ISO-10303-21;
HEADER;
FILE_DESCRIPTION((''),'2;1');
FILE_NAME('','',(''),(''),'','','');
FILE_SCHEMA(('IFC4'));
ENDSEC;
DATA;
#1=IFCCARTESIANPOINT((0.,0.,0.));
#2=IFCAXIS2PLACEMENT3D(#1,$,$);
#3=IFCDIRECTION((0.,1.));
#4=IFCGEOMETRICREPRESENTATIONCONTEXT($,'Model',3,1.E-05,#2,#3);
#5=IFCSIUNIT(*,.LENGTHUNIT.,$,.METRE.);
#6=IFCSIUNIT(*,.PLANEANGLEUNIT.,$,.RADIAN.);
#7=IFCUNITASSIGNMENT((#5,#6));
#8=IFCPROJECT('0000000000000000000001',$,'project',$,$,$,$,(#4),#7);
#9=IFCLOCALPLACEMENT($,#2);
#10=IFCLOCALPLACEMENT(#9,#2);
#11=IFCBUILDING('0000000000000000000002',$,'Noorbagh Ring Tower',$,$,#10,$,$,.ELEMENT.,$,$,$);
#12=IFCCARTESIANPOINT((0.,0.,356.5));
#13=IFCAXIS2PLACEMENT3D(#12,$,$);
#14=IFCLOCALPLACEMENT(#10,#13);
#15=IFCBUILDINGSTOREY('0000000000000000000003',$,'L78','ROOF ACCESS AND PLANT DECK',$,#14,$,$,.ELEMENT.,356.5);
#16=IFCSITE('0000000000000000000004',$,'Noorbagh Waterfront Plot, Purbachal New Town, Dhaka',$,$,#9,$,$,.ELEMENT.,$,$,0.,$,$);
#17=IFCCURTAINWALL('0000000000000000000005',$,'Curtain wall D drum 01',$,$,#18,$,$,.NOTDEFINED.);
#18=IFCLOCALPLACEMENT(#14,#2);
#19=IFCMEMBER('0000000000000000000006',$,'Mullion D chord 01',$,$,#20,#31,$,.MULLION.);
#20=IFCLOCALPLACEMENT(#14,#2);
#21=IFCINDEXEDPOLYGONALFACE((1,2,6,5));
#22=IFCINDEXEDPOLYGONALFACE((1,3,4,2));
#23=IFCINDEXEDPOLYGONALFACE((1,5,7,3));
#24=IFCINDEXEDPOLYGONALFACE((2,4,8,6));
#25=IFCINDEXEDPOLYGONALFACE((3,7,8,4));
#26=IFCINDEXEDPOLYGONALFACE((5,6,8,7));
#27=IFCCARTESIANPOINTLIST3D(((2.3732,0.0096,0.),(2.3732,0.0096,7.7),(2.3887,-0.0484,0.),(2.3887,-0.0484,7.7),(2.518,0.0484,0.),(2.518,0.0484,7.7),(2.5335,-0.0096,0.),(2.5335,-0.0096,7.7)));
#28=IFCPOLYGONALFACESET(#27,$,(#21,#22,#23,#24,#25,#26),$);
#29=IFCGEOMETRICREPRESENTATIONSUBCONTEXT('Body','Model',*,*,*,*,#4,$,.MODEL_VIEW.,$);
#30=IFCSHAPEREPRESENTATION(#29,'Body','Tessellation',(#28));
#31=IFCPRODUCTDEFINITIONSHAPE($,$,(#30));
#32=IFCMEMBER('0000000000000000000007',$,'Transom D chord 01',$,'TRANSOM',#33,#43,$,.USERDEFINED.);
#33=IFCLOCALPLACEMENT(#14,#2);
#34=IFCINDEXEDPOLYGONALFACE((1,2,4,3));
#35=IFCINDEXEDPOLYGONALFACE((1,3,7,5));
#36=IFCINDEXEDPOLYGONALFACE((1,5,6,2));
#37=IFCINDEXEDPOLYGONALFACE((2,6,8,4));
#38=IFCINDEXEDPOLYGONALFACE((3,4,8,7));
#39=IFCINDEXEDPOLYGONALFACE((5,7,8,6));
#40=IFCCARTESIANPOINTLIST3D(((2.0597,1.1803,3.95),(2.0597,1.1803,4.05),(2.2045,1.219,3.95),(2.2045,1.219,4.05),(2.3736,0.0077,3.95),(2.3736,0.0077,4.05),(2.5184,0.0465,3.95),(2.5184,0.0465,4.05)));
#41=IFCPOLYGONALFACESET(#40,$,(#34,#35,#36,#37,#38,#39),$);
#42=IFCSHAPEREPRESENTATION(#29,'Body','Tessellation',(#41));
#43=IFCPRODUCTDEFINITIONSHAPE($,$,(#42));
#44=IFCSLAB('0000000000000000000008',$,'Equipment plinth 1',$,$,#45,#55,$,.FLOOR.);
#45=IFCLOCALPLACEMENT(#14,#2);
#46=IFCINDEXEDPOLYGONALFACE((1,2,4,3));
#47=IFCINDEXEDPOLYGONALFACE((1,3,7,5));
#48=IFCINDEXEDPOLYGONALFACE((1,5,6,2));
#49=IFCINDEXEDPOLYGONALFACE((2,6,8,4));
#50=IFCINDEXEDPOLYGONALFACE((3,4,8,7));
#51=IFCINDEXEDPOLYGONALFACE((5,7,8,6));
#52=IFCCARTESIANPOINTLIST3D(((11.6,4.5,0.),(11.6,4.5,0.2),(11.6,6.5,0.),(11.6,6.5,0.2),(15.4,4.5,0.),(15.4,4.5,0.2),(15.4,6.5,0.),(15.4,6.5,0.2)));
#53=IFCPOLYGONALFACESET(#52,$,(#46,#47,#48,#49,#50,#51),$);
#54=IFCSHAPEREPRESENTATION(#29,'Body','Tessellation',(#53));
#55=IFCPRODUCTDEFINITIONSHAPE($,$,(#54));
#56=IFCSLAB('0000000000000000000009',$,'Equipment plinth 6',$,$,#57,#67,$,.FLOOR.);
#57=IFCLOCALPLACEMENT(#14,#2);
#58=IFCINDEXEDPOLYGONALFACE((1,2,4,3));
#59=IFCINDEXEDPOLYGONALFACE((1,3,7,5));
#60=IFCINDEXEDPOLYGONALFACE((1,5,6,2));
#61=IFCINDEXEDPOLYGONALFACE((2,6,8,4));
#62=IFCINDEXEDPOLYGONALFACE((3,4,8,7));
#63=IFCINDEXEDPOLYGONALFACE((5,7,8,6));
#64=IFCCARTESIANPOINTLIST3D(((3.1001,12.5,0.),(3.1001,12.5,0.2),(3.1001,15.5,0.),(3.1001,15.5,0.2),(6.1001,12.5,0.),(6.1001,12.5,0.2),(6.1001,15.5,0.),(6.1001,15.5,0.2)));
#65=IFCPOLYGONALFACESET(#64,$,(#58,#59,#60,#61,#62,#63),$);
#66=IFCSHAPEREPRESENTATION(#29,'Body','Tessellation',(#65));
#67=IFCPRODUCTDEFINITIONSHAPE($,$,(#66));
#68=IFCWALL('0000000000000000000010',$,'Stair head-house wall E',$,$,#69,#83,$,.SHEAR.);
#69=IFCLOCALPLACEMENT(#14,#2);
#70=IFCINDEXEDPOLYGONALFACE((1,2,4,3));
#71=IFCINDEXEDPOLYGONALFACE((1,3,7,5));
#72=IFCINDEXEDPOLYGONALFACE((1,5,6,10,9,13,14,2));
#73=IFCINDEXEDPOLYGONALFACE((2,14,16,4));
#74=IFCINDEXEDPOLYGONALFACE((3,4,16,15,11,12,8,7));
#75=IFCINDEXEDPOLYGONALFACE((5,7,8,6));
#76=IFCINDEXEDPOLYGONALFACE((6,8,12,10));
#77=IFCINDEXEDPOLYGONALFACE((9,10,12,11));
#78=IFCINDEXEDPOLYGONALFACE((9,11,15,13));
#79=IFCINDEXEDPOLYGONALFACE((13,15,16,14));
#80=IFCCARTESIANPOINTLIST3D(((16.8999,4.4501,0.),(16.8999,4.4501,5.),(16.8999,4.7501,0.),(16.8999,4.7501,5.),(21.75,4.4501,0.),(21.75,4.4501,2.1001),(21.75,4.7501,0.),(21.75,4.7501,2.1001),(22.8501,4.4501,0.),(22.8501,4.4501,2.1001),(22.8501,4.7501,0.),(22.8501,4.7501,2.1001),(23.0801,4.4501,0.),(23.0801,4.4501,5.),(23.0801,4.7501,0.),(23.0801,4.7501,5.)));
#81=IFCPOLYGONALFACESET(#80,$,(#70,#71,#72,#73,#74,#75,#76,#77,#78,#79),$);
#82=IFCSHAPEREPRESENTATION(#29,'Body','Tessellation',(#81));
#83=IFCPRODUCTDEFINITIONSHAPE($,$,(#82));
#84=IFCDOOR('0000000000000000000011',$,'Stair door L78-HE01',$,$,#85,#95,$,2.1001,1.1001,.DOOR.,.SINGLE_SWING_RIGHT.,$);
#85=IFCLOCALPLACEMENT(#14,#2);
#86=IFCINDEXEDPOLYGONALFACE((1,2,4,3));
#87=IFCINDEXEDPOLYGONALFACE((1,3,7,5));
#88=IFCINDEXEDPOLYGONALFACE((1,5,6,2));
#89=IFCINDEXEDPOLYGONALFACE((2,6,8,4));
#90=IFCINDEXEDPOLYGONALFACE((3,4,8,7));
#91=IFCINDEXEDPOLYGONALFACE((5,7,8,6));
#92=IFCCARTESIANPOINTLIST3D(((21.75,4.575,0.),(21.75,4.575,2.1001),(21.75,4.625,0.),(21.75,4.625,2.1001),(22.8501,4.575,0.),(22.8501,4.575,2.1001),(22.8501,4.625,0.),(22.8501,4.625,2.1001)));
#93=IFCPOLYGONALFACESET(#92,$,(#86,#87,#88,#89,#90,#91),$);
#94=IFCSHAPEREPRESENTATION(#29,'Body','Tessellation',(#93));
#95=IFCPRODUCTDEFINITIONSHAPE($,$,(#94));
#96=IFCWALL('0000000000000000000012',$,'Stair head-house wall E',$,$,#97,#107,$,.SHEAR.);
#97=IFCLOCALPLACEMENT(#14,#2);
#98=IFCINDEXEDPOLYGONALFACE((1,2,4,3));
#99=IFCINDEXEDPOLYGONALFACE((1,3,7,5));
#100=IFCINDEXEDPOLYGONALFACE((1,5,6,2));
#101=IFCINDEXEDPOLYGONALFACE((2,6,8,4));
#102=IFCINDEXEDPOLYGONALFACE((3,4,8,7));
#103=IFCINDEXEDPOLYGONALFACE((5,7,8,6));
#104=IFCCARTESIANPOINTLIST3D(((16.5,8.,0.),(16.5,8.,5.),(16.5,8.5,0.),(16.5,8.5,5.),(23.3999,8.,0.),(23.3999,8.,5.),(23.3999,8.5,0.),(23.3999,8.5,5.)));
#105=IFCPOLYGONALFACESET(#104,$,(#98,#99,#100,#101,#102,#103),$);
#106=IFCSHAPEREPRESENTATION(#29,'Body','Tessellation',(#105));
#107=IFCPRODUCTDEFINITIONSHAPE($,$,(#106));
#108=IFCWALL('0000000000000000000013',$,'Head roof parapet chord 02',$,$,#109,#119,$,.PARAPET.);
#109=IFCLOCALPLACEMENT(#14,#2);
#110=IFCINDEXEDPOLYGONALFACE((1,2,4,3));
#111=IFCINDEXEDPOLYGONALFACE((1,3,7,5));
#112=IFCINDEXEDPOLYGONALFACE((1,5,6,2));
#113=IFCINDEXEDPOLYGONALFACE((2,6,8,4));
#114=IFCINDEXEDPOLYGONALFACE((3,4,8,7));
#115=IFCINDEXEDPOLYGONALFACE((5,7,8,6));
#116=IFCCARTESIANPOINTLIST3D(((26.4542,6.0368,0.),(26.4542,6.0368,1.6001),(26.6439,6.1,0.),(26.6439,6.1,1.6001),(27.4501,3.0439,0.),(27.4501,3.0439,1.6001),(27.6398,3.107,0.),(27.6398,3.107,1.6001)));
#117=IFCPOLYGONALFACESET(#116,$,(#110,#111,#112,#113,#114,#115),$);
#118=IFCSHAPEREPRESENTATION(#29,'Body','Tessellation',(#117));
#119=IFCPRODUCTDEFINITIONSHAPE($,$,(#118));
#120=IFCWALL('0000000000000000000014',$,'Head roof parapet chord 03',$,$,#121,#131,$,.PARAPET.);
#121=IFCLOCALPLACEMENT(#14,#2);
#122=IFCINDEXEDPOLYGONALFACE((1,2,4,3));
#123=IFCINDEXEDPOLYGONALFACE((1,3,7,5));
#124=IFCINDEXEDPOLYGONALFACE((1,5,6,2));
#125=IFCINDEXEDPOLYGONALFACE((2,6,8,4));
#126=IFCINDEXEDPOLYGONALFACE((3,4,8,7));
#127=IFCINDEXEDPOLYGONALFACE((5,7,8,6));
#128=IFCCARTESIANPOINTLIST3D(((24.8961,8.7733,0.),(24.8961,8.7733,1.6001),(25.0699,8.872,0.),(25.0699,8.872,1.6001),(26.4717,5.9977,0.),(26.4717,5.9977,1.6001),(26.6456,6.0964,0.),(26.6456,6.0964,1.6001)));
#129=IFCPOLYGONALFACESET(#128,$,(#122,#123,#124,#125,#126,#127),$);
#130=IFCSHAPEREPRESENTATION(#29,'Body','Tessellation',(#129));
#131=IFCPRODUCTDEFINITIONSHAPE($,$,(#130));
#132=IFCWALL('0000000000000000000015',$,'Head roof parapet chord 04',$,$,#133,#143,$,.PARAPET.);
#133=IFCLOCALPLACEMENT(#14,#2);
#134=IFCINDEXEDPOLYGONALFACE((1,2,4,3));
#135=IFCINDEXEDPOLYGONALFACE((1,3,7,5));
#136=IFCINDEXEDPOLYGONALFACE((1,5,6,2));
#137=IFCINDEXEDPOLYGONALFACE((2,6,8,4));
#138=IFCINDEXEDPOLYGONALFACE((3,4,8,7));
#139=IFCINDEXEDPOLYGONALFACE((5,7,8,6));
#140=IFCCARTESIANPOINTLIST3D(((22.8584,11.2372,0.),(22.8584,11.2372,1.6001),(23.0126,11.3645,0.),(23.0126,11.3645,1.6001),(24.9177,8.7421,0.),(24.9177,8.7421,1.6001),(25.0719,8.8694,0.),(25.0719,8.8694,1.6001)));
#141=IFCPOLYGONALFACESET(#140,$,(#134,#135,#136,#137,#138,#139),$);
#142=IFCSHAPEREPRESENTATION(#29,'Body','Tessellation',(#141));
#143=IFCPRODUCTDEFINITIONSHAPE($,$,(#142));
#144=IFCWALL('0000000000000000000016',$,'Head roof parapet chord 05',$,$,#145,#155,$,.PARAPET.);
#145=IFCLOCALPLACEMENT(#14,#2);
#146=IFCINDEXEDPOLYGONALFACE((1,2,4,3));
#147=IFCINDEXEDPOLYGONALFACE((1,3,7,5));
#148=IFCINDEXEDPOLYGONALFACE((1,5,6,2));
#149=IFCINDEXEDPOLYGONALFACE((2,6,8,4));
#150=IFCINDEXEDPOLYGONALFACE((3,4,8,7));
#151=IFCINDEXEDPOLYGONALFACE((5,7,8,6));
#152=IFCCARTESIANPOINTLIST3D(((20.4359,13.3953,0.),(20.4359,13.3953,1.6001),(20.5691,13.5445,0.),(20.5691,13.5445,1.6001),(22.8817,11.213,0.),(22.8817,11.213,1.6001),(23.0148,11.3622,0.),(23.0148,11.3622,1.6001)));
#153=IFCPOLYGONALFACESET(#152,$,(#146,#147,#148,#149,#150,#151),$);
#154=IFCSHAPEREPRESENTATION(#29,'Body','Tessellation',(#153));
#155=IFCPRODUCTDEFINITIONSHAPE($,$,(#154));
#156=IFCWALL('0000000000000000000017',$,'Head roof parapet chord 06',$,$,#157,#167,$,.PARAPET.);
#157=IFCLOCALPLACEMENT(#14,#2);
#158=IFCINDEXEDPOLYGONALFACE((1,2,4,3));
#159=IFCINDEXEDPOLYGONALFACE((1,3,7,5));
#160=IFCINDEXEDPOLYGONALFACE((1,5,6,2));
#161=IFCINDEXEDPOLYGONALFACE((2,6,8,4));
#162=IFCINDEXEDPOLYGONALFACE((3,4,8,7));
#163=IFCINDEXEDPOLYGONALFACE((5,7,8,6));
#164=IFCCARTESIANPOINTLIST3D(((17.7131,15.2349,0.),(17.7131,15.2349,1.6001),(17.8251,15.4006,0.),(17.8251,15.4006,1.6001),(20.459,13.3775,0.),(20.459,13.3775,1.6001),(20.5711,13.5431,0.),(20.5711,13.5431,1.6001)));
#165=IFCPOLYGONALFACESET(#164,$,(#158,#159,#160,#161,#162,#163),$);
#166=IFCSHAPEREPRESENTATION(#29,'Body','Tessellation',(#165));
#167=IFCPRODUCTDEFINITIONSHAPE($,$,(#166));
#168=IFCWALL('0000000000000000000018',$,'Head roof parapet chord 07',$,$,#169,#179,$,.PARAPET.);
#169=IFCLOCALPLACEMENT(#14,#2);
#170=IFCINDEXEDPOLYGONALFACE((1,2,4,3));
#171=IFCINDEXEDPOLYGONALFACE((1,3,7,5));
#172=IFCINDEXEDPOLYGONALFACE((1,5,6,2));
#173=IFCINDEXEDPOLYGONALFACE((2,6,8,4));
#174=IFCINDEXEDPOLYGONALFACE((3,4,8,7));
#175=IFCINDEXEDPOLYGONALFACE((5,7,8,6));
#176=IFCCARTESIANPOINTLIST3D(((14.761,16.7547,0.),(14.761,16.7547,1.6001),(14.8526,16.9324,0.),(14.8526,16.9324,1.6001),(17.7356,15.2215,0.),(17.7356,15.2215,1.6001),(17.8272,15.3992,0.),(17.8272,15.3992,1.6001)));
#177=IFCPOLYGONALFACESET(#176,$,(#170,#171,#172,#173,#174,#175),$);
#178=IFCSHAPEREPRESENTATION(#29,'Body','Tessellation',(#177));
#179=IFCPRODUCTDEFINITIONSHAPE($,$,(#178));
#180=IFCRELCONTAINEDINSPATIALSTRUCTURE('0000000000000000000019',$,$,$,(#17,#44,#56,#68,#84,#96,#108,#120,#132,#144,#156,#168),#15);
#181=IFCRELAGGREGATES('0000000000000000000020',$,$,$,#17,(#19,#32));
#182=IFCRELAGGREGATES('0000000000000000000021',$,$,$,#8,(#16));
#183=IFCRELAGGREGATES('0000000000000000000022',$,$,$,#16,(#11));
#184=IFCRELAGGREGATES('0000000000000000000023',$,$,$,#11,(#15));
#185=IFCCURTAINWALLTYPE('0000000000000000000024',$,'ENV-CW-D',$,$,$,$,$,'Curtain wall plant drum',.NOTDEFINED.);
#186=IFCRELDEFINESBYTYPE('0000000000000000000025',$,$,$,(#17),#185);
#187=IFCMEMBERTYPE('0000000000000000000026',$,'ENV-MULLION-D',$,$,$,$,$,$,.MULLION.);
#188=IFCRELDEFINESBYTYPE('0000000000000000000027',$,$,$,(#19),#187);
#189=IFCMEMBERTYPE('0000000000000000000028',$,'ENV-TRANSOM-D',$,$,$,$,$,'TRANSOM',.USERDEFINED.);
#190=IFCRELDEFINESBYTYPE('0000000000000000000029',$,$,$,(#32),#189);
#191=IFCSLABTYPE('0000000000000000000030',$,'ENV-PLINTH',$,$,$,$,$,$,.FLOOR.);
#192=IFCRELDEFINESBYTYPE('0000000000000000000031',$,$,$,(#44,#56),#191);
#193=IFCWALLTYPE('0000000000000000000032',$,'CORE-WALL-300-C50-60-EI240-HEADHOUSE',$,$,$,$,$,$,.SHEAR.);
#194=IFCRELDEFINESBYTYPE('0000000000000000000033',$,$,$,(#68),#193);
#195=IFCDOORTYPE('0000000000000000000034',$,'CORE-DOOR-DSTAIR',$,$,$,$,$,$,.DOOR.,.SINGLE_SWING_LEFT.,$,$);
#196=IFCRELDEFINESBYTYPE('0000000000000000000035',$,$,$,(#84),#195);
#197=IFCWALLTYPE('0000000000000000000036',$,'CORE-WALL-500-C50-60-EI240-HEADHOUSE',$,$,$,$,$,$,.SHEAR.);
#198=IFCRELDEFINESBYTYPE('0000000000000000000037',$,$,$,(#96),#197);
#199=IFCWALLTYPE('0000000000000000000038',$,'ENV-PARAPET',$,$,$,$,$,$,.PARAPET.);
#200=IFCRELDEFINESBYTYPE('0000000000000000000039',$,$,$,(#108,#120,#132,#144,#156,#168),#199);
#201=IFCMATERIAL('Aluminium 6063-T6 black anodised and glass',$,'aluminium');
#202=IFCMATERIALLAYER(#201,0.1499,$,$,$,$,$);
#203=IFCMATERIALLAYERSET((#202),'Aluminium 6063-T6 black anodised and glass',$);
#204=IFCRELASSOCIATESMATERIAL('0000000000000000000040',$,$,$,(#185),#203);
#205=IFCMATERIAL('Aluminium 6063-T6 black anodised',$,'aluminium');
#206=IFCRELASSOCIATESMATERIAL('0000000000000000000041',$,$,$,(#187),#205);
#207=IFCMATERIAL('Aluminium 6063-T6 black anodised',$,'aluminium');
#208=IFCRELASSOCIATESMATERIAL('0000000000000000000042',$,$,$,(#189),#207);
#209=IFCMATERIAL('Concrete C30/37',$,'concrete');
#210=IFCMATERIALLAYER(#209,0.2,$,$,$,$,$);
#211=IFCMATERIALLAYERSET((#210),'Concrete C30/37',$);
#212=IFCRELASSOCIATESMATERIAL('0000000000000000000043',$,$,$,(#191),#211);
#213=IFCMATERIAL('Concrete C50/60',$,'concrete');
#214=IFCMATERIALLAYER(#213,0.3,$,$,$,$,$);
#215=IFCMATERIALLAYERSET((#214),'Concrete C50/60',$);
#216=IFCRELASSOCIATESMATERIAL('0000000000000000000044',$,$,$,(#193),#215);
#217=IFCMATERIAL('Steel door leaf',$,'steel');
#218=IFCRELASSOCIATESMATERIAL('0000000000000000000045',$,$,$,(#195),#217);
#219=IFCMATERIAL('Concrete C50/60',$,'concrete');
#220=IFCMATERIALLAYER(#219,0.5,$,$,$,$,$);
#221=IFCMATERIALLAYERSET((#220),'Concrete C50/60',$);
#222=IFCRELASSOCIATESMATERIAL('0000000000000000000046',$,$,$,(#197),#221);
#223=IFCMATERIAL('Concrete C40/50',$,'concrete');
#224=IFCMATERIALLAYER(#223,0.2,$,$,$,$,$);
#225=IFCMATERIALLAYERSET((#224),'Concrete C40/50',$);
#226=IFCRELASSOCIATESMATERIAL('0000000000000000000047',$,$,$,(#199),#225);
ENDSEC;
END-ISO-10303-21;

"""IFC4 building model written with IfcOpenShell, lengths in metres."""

from ifc_helpers import new_model, si_unit, direction, frame, frame_2d, origin, origin_2d, place, context, subcontext, project, spatial, rectangle, extrude, material, layer, layer_set, material_profile, profile_set, type_object, element, fill, aggregate, save


model = new_model("IFC4")

# Units and contexts
model_context = context("Model", 3, precision=1e-05, world=origin(), true_north=direction((0.0, 1.0)))
body_context = subcontext(model_context, "Body", "Model", "MODEL_VIEW")
ifc_project = project(units=[si_unit("LENGTHUNIT", "METRE"), si_unit("PLANEANGLEUNIT", "RADIAN")], contexts=[model_context])

# Site, building, storey
site_placement = place(None, origin())
site = spatial("IfcSite", under=ifc_project, at=site_placement, Name="Noorbagh Waterfront Plot, Purbachal New Town, Dhaka", CompositionType="ELEMENT", RefElevation=0.0)
building_placement = place(site_placement, origin())
building = spatial("IfcBuilding", under=site, at=building_placement, Name="Noorbagh Ring Tower", CompositionType="ELEMENT")
storey_placement = place(building_placement, frame((0.0, 0.0, 356.5)))
storey = spatial("IfcBuildingStorey", under=building, at=storey_placement, Name="L78", Description="ROOF ACCESS AND PLANT DECK", CompositionType="ELEMENT", Elevation=356.5)

# Curtain wall, members
ifc_material_1 = material(Name="Aluminium 6063-T6 black anodised and glass", Category="aluminium")
ifc_layer_1 = layer(ifc_material_1, 0.1499)
ifc_layer_set_1 = layer_set([ifc_layer_1], Name="Aluminium 6063-T6 black anodised and glass")
curtain_wall_type = type_object("IfcCurtainWallType", Name="ENV-CW-D", ElementType="Curtain wall plant drum", PredefinedType="NOTDEFINED", material=ifc_layer_set_1)
curtain_wall_placement = place(storey_placement, origin())
curtain_wall = element("IfcCurtainWall", 1, at=curtain_wall_placement, inside=storey, type_object=curtain_wall_type, Name="Curtain wall D drum 01", PredefinedType="NOTDEFINED")
ifc_material_2 = material(Name="Aluminium 6063-T6 black anodised", Category="aluminium")
ifc_material_profile_1 = material_profile(ifc_material_2, rectangle(XDim=0.1499, YDim=0.0601, at=origin_2d()), Name="150x60")
ifc_profile_set_1 = profile_set([ifc_material_profile_1], Name="Aluminium 6063-T6 black anodised")
member_type_1 = type_object("IfcMemberType", Name="ENV-MULLION-D", PredefinedType="MULLION", material=ifc_profile_set_1)
member_1_placement = place(storey_placement, frame((2.4534, 0.0, 0.0), z_axis=(0.0, 0.0, 1.0), x_axis=(-0.965926, -0.258819, 0.0)))
member_1 = element("IfcMember", 2, at=member_1_placement, type_object=member_type_1, Name="Mullion D chord 01", PredefinedType="MULLION", context=body_context, shape_type="SweptSolid", body=[
    extrude(rectangle(XDim=0.1499, YDim=0.0601, at=origin_2d()), origin(), (0.0, 0.0, 1.0), 7.7),
])
ifc_material_3 = material(Name="Aluminium 6063-T6 black anodised", Category="aluminium")
ifc_material_profile_2 = material_profile(ifc_material_3, rectangle(XDim=0.1499, YDim=0.1001, at=origin_2d()), Name="150x100")
ifc_profile_set_2 = profile_set([ifc_material_profile_2], Name="Aluminium 6063-T6 black anodised")
member_type_2 = type_object("IfcMemberType", Name="ENV-TRANSOM-D", ElementType="TRANSOM", PredefinedType="USERDEFINED", material=ifc_profile_set_2)
placement = place(building_placement, frame((0.0, 0.0, 360.1499)))
member_2_placement = place(placement, frame((2.446, 0.0271, 0.3501), z_axis=(-0.258639, 0.965974, 0.0), x_axis=(-0.965974, -0.258639, 0.0)))
member_2 = element("IfcMember", 3, at=member_2_placement, type_object=member_type_2, Name="Transom D chord 01", ObjectType="TRANSOM", PredefinedType="USERDEFINED", context=body_context, shape_type="SweptSolid", body=[
    extrude(rectangle(XDim=0.1499, YDim=0.1001, at=origin_2d()), origin(), (0.0, 0.0, 1.0), 1.2139),
])
aggregate(curtain_wall, [member_1, member_2])

# Slabs
ifc_material_4 = material(Name="Concrete C30/37", Category="concrete")
ifc_layer_2 = layer(ifc_material_4, 0.2)
ifc_layer_set_2 = layer_set([ifc_layer_2], Name="Concrete C30/37")
slab_type = type_object("IfcSlabType", Name="ENV-PLINTH", PredefinedType="FLOOR", material=ifc_layer_set_2)
slab_1_placement = place(storey_placement, frame((13.5, 5.5, 0.0), z_axis=(0.0, 0.0, 1.0), x_axis=(1.0, 0.0, 0.0)))
element("IfcSlab", 4, at=slab_1_placement, inside=storey, type_object=slab_type, Name="Equipment plinth 1", PredefinedType="FLOOR", context=body_context, shape_type="SweptSolid", body=[
    extrude(rectangle(XDim=3.8, YDim=2.0, at=origin_2d()), origin(), (0.0, 0.0, 1.0), 0.2),
])
slab_2_placement = place(storey_placement, frame((4.6001, 14.0, 0.0), z_axis=(0.0, 0.0, 1.0), x_axis=(1.0, 0.0, 0.0)))
element("IfcSlab", 5, at=slab_2_placement, inside=storey, type_object=slab_type, Name="Equipment plinth 6", PredefinedType="FLOOR", context=body_context, shape_type="SweptSolid", body=[
    extrude(rectangle(XDim=3.0, YDim=3.0, at=origin_2d()), origin(), (0.0, 0.0, 1.0), 0.2),
])

# Wall, opening, door
ifc_material_5 = material(Name="Concrete C50/60", Category="concrete")
ifc_layer_3 = layer(ifc_material_5, 0.3)
ifc_layer_set_3 = layer_set([ifc_layer_3], Name="Concrete C50/60")
wall_type_1 = type_object("IfcWallType", Name="CORE-WALL-300-C50-60-EI240-HEADHOUSE", PredefinedType="SHEAR", material=ifc_layer_set_3)
wall_1_placement = place(storey_placement, frame((16.8999, 4.6001, 0.0), z_axis=(0.0, 0.0, 1.0), x_axis=(1.0, 0.0, 0.0)))
wall_1 = element("IfcWall", 6, at=wall_1_placement, inside=storey, type_object=wall_type_1, Name="Stair head-house wall E", PredefinedType="SHEAR", context=body_context, shape_type="SweptSolid", body=[
    extrude(rectangle(XDim=6.1802, YDim=0.3, at=frame_2d((3.0901, 0.0))), origin(), (0.0, 0.0, 1.0), 5.0),
])
opening_placement = place(wall_1_placement, frame((4.8501, 0.0, 0.0)))
opening = element("IfcOpeningElement", 7, at=opening_placement, cuts=wall_1, PredefinedType="OPENING", context=body_context, shape_type="SweptSolid", body=[
    extrude(rectangle(XDim=1.1001, YDim=2.1001, at=frame_2d((0.55, 1.05))), frame((0.0, 0.1602, 0.0), z_axis=(0.0, -1.0, 0.0), x_axis=(1.0, 0.0, 0.0)), (0.0, 0.0, 1.0), 0.3201),
])
ifc_material_6 = material(Name="Steel door leaf", Category="steel")
door_type = type_object("IfcDoorType", Name="CORE-DOOR-DSTAIR", OperationType="SINGLE_SWING_LEFT", PredefinedType="DOOR", material=ifc_material_6)
door_placement = place(opening_placement, origin())
door = element("IfcDoor", 8, at=door_placement, inside=storey, type_object=door_type, Name="Stair door L78-HE01", OperationType="SINGLE_SWING_RIGHT", OverallHeight=2.1001, OverallWidth=1.1001, PredefinedType="DOOR", context=body_context, shape_type="SweptSolid", body=[
    extrude(rectangle(XDim=1.1001, YDim=2.1001, at=frame_2d((0.55, 1.05))), frame((0.0, 0.0249, 0.0), z_axis=(0.0, -1.0, 0.0), x_axis=(1.0, 0.0, 0.0)), (0.0, 0.0, 1.0), 0.05),
])
fill(opening, door)

# Walls
ifc_material_7 = material(Name="Concrete C50/60", Category="concrete")
ifc_layer_4 = layer(ifc_material_7, 0.5)
ifc_layer_set_4 = layer_set([ifc_layer_4], Name="Concrete C50/60")
wall_type_2 = type_object("IfcWallType", Name="CORE-WALL-500-C50-60-EI240-HEADHOUSE", PredefinedType="SHEAR", material=ifc_layer_set_4)
wall_2_placement = place(storey_placement, frame((16.5, 8.25, 0.0), z_axis=(0.0, 0.0, 1.0), x_axis=(1.0, 0.0, 0.0)))
element("IfcWall", 9, at=wall_2_placement, inside=storey, type_object=wall_type_2, Name="Stair head-house wall E", PredefinedType="SHEAR", context=body_context, shape_type="SweptSolid", body=[
    extrude(rectangle(XDim=6.8999, YDim=0.5, at=frame_2d((3.45, 0.0))), origin(), (0.0, 0.0, 1.0), 5.0),
])
ifc_material_8 = material(Name="Concrete C40/50", Category="concrete")
ifc_layer_5 = layer(ifc_material_8, 0.2)
ifc_layer_set_5 = layer_set([ifc_layer_5], Name="Concrete C40/50")
wall_type_3 = type_object("IfcWallType", Name="ENV-PARAPET", PredefinedType="PARAPET", material=ifc_layer_set_5)
wall_3_placement = place(storey_placement, frame((27.5449, 3.0754, 0.0), z_axis=(0.0, 0.0, 1.0), x_axis=(-0.315717, 0.948853, 0.0)))
element("IfcWall", 10, at=wall_3_placement, inside=storey, type_object=wall_type_3, Name="Head roof parapet chord 02", PredefinedType="PARAPET", context=body_context, shape_type="SweptSolid", body=[
    extrude(rectangle(XDim=3.1543, YDim=0.2, at=frame_2d((1.5771, 0.0))), origin(), (0.0, 0.0, 1.0), 1.6001),
])
wall_4_placement = place(storey_placement, frame((26.5586, 6.0471, 0.0), z_axis=(0.0, 0.0, 1.0), x_axis=(-0.493682, 0.869642, 0.0)))
element("IfcWall", 11, at=wall_4_placement, inside=storey, type_object=wall_type_3, Name="Head roof parapet chord 03", PredefinedType="PARAPET", context=body_context, shape_type="SweptSolid", body=[
    extrude(rectangle(XDim=3.1917, YDim=0.2, at=frame_2d((1.5957, 0.0))), origin(), (0.0, 0.0, 1.0), 1.6001),
])
wall_5_placement = place(storey_placement, frame((24.9949, 8.8057, 0.0), z_axis=(0.0, 0.0, 1.0), x_axis=(-0.63654, 0.771244, 0.0)))
element("IfcWall", 12, at=wall_5_placement, inside=storey, type_object=wall_type_3, Name="Head roof parapet chord 04", PredefinedType="PARAPET", context=body_context, shape_type="SweptSolid", body=[
    extrude(rectangle(XDim=3.2351, YDim=0.2, at=frame_2d((1.6177, 0.0))), origin(), (0.0, 0.0, 1.0), 1.6001),
])
wall_6_placement = place(storey_placement, frame((22.9482, 11.2876, 0.0), z_axis=(0.0, 0.0, 1.0), x_axis=(-0.746146, 0.665782, 0.0)))
element("IfcWall", 13, at=wall_6_placement, inside=storey, type_object=wall_type_3, Name="Head roof parapet chord 05", PredefinedType="PARAPET", context=body_context, shape_type="SweptSolid", body=[
    extrude(rectangle(XDim=3.2778, YDim=0.2, at=frame_2d((1.6389, 0.0))), origin(), (0.0, 0.0, 1.0), 1.6001),
])
wall_7_placement = place(storey_placement, frame((20.5151, 13.4602, 0.0), z_axis=(0.0, 0.0, 1.0), x_axis=(-0.828292, 0.560296, 0.0)))
element("IfcWall", 14, at=wall_7_placement, inside=storey, type_object=wall_type_3, Name="Head roof parapet chord 06", PredefinedType="PARAPET", context=body_context, shape_type="SweptSolid", body=[
    extrude(rectangle(XDim=3.3152, YDim=0.2, at=frame_2d((1.6577, 0.0))), origin(), (0.0, 0.0, 1.0), 1.6001),
])
wall_8_placement = place(storey_placement, frame((17.7815, 15.3103, 0.0), z_axis=(0.0, 0.0, 1.0), x_axis=(-0.888874, 0.458152, 0.0)))
element("IfcWall", 15, at=wall_8_placement, inside=storey, type_object=wall_type_3, Name="Head roof parapet chord 07", PredefinedType="PARAPET", context=body_context, shape_type="SweptSolid", body=[
    extrude(rectangle(XDim=3.3464, YDim=0.2, at=frame_2d((1.6733, 0.0))), origin(), (0.0, 0.0, 1.0), 1.6001),
])

save(model, "model.ifc")
